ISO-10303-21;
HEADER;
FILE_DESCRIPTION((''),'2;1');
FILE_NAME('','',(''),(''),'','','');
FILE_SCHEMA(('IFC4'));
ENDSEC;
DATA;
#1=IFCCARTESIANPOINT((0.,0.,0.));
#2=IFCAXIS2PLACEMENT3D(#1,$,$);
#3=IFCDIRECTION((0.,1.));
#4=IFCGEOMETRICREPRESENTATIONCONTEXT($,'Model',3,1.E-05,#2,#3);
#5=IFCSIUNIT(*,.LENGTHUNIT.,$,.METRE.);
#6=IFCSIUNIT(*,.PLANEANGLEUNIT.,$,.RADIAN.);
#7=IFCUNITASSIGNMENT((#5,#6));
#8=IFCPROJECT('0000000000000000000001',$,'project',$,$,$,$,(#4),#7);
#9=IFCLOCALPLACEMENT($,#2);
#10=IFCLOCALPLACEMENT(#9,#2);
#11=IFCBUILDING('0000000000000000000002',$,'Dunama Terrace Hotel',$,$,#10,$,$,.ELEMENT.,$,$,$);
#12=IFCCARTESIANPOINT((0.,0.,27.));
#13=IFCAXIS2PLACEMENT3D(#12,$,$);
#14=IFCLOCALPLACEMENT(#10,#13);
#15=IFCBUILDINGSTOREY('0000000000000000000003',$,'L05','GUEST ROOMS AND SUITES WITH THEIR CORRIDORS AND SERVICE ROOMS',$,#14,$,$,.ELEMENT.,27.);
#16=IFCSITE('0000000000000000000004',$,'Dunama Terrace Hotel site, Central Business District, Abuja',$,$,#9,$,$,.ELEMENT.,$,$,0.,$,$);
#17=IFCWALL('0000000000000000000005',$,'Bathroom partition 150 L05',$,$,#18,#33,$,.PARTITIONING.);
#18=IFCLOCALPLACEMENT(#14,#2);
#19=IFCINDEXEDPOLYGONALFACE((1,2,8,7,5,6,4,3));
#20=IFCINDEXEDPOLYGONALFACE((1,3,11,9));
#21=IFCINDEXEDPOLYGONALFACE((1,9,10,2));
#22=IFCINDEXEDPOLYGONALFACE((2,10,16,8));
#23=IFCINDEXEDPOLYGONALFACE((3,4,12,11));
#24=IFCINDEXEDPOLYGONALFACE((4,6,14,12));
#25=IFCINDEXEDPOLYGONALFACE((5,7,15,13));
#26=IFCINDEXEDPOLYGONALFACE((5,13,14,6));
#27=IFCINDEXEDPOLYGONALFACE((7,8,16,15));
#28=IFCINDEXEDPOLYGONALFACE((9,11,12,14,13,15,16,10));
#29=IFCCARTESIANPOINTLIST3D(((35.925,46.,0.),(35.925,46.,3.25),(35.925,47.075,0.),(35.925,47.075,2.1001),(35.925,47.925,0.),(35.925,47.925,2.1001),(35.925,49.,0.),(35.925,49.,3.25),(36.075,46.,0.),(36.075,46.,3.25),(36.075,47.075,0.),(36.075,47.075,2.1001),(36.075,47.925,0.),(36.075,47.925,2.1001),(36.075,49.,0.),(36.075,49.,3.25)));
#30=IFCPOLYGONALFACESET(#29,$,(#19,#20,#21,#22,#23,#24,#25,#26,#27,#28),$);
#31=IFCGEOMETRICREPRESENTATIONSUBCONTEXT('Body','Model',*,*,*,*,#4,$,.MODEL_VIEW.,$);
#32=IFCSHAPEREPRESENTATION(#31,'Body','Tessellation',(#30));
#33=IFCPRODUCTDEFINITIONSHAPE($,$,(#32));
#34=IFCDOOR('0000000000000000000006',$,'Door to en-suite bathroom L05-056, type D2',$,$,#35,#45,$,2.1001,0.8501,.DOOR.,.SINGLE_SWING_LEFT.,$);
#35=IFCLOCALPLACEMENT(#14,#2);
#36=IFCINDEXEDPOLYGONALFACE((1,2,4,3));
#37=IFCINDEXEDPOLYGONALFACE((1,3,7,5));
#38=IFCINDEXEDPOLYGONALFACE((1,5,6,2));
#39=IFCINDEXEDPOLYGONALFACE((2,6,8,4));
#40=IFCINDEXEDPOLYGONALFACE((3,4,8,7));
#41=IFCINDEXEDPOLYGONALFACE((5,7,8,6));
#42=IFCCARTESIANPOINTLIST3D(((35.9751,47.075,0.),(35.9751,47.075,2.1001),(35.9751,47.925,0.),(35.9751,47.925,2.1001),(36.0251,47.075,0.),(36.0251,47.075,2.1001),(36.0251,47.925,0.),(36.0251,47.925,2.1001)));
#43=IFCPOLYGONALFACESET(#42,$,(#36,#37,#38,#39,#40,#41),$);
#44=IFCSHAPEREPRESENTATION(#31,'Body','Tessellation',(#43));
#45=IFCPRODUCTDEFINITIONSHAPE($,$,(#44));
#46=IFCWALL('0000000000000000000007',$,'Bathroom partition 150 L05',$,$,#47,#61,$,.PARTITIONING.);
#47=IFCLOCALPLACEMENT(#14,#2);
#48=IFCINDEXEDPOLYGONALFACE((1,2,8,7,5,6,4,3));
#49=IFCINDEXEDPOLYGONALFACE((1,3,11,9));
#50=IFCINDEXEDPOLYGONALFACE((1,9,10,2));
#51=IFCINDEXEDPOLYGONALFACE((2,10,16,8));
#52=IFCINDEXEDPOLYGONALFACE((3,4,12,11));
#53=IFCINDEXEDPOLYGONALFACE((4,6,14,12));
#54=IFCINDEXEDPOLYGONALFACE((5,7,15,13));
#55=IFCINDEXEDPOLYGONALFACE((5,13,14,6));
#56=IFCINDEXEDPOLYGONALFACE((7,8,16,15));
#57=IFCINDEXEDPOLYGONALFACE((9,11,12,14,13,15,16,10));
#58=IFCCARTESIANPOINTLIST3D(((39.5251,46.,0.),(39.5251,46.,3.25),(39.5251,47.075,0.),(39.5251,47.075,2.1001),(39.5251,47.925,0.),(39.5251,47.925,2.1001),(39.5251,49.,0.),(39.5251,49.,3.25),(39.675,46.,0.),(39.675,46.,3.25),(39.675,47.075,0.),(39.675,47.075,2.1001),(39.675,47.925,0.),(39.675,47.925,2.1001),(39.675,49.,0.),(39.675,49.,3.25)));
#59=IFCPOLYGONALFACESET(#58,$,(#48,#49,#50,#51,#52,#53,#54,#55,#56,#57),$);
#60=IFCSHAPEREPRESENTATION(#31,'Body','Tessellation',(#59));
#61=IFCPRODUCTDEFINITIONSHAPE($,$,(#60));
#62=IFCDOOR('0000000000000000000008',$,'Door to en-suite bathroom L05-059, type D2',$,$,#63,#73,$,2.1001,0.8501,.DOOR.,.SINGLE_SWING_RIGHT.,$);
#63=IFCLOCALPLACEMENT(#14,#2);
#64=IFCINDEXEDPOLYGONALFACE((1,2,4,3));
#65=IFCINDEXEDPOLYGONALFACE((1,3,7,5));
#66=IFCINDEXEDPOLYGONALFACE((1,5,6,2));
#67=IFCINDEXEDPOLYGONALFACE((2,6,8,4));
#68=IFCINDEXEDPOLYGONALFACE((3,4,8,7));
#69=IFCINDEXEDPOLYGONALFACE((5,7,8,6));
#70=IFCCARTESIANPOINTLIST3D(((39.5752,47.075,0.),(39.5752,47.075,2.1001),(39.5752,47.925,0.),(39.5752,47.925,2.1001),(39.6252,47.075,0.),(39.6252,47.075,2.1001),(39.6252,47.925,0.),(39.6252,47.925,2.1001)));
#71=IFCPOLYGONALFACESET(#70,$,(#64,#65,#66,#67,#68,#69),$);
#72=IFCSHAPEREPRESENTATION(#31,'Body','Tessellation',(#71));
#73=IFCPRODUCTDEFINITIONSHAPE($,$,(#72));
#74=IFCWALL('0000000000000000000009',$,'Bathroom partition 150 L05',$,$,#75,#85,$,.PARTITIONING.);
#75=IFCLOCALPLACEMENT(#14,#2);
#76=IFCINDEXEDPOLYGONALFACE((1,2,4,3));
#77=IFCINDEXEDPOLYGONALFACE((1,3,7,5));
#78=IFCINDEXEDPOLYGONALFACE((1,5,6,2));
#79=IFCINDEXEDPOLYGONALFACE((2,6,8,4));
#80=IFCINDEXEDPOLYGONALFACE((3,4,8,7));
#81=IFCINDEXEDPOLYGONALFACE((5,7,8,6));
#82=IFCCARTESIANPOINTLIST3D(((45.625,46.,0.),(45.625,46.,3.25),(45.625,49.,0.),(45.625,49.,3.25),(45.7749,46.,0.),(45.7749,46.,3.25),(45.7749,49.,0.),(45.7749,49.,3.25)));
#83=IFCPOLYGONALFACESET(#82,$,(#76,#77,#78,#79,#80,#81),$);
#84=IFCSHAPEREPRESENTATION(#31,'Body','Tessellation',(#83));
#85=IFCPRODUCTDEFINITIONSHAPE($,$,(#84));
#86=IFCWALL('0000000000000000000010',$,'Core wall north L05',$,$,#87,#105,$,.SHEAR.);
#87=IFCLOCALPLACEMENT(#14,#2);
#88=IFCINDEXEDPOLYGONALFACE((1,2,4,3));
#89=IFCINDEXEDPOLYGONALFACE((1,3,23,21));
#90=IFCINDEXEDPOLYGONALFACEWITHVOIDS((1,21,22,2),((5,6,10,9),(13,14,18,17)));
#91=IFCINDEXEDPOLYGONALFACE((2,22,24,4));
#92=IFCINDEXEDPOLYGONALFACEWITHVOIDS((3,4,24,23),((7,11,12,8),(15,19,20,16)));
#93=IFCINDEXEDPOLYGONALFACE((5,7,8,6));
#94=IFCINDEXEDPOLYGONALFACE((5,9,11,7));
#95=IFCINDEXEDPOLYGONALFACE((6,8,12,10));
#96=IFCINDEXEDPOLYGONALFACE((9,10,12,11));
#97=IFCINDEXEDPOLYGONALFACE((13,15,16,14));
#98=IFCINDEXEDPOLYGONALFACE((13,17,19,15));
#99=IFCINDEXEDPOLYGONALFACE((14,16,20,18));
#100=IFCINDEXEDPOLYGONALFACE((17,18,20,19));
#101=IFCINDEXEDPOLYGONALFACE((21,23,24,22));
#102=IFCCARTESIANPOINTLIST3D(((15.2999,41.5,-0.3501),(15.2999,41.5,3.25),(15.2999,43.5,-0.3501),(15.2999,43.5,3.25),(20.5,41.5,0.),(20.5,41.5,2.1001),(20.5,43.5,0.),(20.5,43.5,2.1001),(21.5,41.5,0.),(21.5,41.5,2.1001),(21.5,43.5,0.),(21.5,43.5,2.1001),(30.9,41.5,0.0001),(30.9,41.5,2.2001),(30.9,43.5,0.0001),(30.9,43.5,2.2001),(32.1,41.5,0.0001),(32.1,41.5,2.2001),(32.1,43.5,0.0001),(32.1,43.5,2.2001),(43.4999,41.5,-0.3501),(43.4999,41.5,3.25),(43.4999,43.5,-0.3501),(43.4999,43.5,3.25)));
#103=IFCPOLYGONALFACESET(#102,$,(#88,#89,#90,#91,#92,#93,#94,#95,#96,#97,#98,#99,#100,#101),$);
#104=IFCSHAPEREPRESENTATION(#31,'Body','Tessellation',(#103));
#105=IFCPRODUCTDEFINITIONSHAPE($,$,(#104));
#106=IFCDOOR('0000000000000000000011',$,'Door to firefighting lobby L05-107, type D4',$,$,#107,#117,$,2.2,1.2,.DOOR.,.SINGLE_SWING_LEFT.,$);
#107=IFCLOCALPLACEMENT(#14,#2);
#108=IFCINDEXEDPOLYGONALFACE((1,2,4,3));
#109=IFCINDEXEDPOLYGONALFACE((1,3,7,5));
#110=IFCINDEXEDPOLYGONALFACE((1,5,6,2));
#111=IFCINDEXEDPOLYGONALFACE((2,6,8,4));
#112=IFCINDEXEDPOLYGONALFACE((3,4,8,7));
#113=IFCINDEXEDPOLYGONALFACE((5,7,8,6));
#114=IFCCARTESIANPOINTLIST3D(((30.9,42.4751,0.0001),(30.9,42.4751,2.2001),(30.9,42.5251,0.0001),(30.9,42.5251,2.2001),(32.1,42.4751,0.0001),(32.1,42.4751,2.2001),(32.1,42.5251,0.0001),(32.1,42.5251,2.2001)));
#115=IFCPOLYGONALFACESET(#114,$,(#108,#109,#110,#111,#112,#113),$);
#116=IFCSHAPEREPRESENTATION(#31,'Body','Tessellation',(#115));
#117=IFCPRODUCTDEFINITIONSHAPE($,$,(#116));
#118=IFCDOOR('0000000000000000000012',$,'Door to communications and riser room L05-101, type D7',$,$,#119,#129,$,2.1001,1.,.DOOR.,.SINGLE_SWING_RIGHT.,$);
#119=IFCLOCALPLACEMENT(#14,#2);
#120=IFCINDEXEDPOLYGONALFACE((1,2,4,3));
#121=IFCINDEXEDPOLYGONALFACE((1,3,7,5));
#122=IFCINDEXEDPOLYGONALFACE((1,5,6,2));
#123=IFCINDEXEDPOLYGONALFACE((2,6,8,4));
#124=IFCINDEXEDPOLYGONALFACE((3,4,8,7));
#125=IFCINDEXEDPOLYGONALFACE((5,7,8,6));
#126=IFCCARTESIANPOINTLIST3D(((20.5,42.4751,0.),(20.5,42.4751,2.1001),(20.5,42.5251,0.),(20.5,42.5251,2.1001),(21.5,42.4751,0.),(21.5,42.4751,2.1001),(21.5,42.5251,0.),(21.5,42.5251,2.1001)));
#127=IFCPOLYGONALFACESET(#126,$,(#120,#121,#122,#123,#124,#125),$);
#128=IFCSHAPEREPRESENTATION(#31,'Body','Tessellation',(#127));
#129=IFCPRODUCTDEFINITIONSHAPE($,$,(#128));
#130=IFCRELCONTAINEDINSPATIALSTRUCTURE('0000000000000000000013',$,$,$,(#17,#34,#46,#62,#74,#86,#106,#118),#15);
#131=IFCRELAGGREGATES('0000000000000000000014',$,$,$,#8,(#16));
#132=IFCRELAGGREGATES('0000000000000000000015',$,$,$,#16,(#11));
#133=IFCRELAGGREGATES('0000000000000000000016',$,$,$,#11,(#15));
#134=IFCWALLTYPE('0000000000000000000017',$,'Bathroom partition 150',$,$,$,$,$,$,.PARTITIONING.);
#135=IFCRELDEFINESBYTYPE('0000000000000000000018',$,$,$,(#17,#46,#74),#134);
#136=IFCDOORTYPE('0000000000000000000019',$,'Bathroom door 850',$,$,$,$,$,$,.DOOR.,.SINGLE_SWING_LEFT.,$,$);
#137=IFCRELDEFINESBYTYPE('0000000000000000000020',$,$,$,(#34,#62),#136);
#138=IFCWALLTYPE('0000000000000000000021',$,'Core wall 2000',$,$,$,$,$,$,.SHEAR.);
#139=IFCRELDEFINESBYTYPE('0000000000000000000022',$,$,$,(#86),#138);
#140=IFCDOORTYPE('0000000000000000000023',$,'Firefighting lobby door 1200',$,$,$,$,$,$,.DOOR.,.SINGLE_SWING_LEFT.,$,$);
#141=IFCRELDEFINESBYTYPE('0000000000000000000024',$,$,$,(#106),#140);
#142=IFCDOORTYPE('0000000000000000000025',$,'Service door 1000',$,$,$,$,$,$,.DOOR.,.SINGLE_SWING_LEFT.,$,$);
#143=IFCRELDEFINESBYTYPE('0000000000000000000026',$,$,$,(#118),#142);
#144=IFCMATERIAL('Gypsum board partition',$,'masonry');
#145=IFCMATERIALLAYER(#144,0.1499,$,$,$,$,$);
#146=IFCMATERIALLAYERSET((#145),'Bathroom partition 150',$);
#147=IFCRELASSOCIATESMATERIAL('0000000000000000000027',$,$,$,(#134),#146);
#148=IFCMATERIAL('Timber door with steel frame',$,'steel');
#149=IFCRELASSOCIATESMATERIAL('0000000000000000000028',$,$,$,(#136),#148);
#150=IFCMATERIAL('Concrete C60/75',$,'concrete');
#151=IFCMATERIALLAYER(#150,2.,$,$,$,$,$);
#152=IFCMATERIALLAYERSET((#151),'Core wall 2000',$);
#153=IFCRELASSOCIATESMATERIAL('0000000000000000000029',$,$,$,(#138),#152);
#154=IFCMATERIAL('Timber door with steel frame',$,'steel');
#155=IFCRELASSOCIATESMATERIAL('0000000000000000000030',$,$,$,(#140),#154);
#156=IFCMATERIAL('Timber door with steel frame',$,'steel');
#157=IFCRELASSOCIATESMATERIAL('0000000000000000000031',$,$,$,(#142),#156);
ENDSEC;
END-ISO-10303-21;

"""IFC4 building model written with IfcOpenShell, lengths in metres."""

from ifc_helpers import new_model, si_unit, direction, frame, frame_2d, origin, place, context, subcontext, project, spatial, rectangle, extrude, material, layer, layer_set, type_object, element, fill, save


model = new_model("IFC4")

# Units and contexts
model_context = context("Model", 3, precision=1e-05, world=origin(), true_north=direction((0.0, 1.0)))
body_context = subcontext(model_context, "Body", "Model", "MODEL_VIEW")
ifc_project = project(units=[si_unit("LENGTHUNIT", "METRE"), si_unit("PLANEANGLEUNIT", "RADIAN")], contexts=[model_context])

# Site, building, storey
site_placement = place(None, origin())
site = spatial("IfcSite", under=ifc_project, at=site_placement, Name="Dunama Terrace Hotel site, Central Business District, Abuja", CompositionType="ELEMENT", RefElevation=0.0)
building_placement = place(site_placement, origin())
building = spatial("IfcBuilding", under=site, at=building_placement, Name="Dunama Terrace Hotel", CompositionType="ELEMENT")
storey_placement = place(building_placement, frame((0.0, 0.0, 27.0)))
storey = spatial("IfcBuildingStorey", under=building, at=storey_placement, Name="L05", Description="GUEST ROOMS AND SUITES WITH THEIR CORRIDORS AND SERVICE ROOMS", CompositionType="ELEMENT", Elevation=27.0)

# Walls, openings, doors
ifc_material_1 = material(Name="Gypsum board partition", Category="masonry")
ifc_layer_1 = layer(ifc_material_1, 0.1499)
ifc_layer_set_1 = layer_set([ifc_layer_1], Name="Bathroom partition 150")
wall_type_1 = type_object("IfcWallType", Name="Bathroom partition 150", PredefinedType="PARTITIONING", material=ifc_layer_set_1)
wall_1_placement = place(storey_placement, frame((36.0, 46.0, 0.0), z_axis=(0.0, 0.0, 1.0), x_axis=(0.0, 1.0, 0.0)))
wall_1 = element("IfcWall", 1, at=wall_1_placement, inside=storey, type_object=wall_type_1, Name="Bathroom partition 150 L05", PredefinedType="PARTITIONING", context=body_context, shape_type="SweptSolid", body=[
    extrude(rectangle(XDim=3.0, YDim=0.1499, at=frame_2d((1.5, 0.0))), origin(), (0.0, 0.0, 1.0), 3.25),
])
opening_1_placement = place(wall_1_placement, frame((1.075, 0.0, 0.0)))
opening_1 = element("IfcOpeningElement", 2, at=opening_1_placement, cuts=wall_1, PredefinedType="OPENING", context=body_context, shape_type="SweptSolid", body=[
    extrude(rectangle(XDim=0.8501, YDim=2.1001, at=frame_2d((0.425, 1.05))), frame((0.0, 0.085, 0.0), z_axis=(0.0, -1.0, 0.0), x_axis=(1.0, 0.0, 0.0)), (0.0, 0.0, 1.0), 0.1699),
])
ifc_material_2 = material(Name="Timber door with steel frame", Category="steel")
door_type_1 = type_object("IfcDoorType", Name="Bathroom door 850", OperationType="SINGLE_SWING_LEFT", PredefinedType="DOOR", material=ifc_material_2)
door_1_placement = place(opening_1_placement, origin())
door_1 = element("IfcDoor", 3, at=door_1_placement, inside=storey, type_object=door_type_1, Name="Door to en-suite bathroom L05-056, type D2", OperationType="SINGLE_SWING_LEFT", OverallHeight=2.1001, OverallWidth=0.8501, PredefinedType="DOOR", context=body_context, shape_type="SweptSolid", body=[
    extrude(rectangle(XDim=0.8501, YDim=2.1001, at=frame_2d((0.425, 1.05))), frame((0.0, 0.0249, 0.0), z_axis=(0.0, -1.0, 0.0), x_axis=(1.0, 0.0, 0.0)), (0.0, 0.0, 1.0), 0.05),
])
fill(opening_1, door_1)
wall_2_placement = place(storey_placement, frame((39.6001, 46.0, 0.0), z_axis=(0.0, 0.0, 1.0), x_axis=(0.0, 1.0, 0.0)))
wall_2 = element("IfcWall", 4, at=wall_2_placement, inside=storey, type_object=wall_type_1, Name="Bathroom partition 150 L05", PredefinedType="PARTITIONING", context=body_context, shape_type="SweptSolid", body=[
    extrude(rectangle(XDim=3.0, YDim=0.1499, at=frame_2d((1.5, 0.0))), origin(), (0.0, 0.0, 1.0), 3.25),
])
opening_2_placement = place(wall_2_placement, frame((1.075, 0.0, 0.0)))
opening_2 = element("IfcOpeningElement", 5, at=opening_2_placement, cuts=wall_2, PredefinedType="OPENING", context=body_context, shape_type="SweptSolid", body=[
    extrude(rectangle(XDim=0.8501, YDim=2.1001, at=frame_2d((0.425, 1.05))), frame((0.0, 0.085, 0.0), z_axis=(0.0, -1.0, 0.0), x_axis=(1.0, 0.0, 0.0)), (0.0, 0.0, 1.0), 0.1699),
])
door_2_placement = place(opening_2_placement, frame((0.8501, 0.0, 0.0), z_axis=(0.0, 0.0, 1.0), x_axis=(-1.0, 0.0, 0.0)))
door_2 = element("IfcDoor", 6, at=door_2_placement, inside=storey, type_object=door_type_1, Name="Door to en-suite bathroom L05-059, type D2", OperationType="SINGLE_SWING_RIGHT", OverallHeight=2.1001, OverallWidth=0.8501, PredefinedType="DOOR", context=body_context, shape_type="SweptSolid", body=[
    extrude(rectangle(XDim=0.8501, YDim=2.1001, at=frame_2d((0.425, 1.05))), frame((0.0, 0.0251, 0.0), z_axis=(0.0, -1.0, 0.0), x_axis=(1.0, 0.0, 0.0)), (0.0, 0.0, 1.0), 0.05),
])
fill(opening_2, door_2)

# Wall
wall_3_placement = place(storey_placement, frame((45.7, 46.0, 0.0), z_axis=(0.0, 0.0, 1.0), x_axis=(0.0, 1.0, 0.0)))
element("IfcWall", 7, at=wall_3_placement, inside=storey, type_object=wall_type_1, Name="Bathroom partition 150 L05", PredefinedType="PARTITIONING", context=body_context, shape_type="SweptSolid", body=[
    extrude(rectangle(XDim=3.0, YDim=0.1499, at=frame_2d((1.5, 0.0))), origin(), (0.0, 0.0, 1.0), 3.25),
])

# Wall, openings, doors
ifc_material_3 = material(Name="Concrete C60/75", Category="concrete")
ifc_layer_2 = layer(ifc_material_3, 2.0)
ifc_layer_set_2 = layer_set([ifc_layer_2], Name="Core wall 2000")
wall_type_2 = type_object("IfcWallType", Name="Core wall 2000", PredefinedType="SHEAR", material=ifc_layer_set_2)
wall_4_placement = place(storey_placement, frame((43.5, 42.5, -0.3501), z_axis=(0.0, 0.0, 1.0), x_axis=(-1.0, 0.0, 0.0)))
wall_4 = element("IfcWall", 8, at=wall_4_placement, inside=storey, type_object=wall_type_2, Name="Core wall north L05", PredefinedType="SHEAR", context=body_context, shape_type="SweptSolid", body=[
    extrude(rectangle(XDim=28.2, YDim=2.0, at=frame_2d((14.1001, 0.0))), origin(), (0.0, 0.0, 1.0), 3.6001),
])
opening_3_placement = place(wall_4_placement, frame((22.0, 0.0, 0.3501)))
opening_3 = element("IfcOpeningElement", 9, at=opening_3_placement, cuts=wall_4, PredefinedType="OPENING", context=body_context, shape_type="SweptSolid", body=[
    extrude(rectangle(XDim=1.0, YDim=2.1001, at=frame_2d((0.5, 1.05))), frame((0.0, 1.01, 0.0), z_axis=(0.0, -1.0, 0.0), x_axis=(1.0, 0.0, 0.0)), (0.0, 0.0, 1.0), 2.02),
])
opening_4_placement = place(wall_4_placement, frame((11.3999, 0.0, 0.3501)))
opening_4 = element("IfcOpeningElement", 10, at=opening_4_placement, cuts=wall_4, PredefinedType="OPENING", context=body_context, shape_type="SweptSolid", body=[
    extrude(rectangle(XDim=1.2, YDim=2.2, at=frame_2d((0.6001, 1.1001))), frame((0.0, 1.01, 0.0), z_axis=(0.0, -1.0, 0.0), x_axis=(1.0, 0.0, 0.0)), (0.0, 0.0, 1.0), 2.02),
])
ifc_material_4 = material(Name="Timber door with steel frame", Category="steel")
door_type_2 = type_object("IfcDoorType", Name="Firefighting lobby door 1200", OperationType="SINGLE_SWING_LEFT", PredefinedType="DOOR", material=ifc_material_4)
door_3_placement = place(opening_4_placement, origin())
door_3 = element("IfcDoor", 11, at=door_3_placement, inside=storey, type_object=door_type_2, Name="Door to firefighting lobby L05-107, type D4", OperationType="SINGLE_SWING_LEFT", OverallHeight=2.2, OverallWidth=1.2, PredefinedType="DOOR", context=body_context, shape_type="SweptSolid", body=[
    extrude(rectangle(XDim=1.2, YDim=2.2, at=frame_2d((0.6001, 1.1001))), frame((0.0, 0.0249, 0.0), z_axis=(0.0, -1.0, 0.0), x_axis=(1.0, 0.0, 0.0)), (0.0, 0.0, 1.0), 0.05),
])
fill(opening_4, door_3)
ifc_material_5 = material(Name="Timber door with steel frame", Category="steel")
door_type_3 = type_object("IfcDoorType", Name="Service door 1000", OperationType="SINGLE_SWING_LEFT", PredefinedType="DOOR", material=ifc_material_5)
door_4_placement = place(opening_3_placement, origin())
door_4 = element("IfcDoor", 12, at=door_4_placement, inside=storey, type_object=door_type_3, Name="Door to communications and riser room L05-101, type D7", OperationType="SINGLE_SWING_RIGHT", OverallHeight=2.1001, OverallWidth=1.0, PredefinedType="DOOR", context=body_context, shape_type="SweptSolid", body=[
    extrude(rectangle(XDim=1.0, YDim=2.1001, at=frame_2d((0.5, 1.05))), frame((0.0, 0.0249, 0.0), z_axis=(0.0, -1.0, 0.0), x_axis=(1.0, 0.0, 0.0)), (0.0, 0.0, 1.0), 0.05),
])
fill(opening_3, door_4)

save(model, "model.ifc")
